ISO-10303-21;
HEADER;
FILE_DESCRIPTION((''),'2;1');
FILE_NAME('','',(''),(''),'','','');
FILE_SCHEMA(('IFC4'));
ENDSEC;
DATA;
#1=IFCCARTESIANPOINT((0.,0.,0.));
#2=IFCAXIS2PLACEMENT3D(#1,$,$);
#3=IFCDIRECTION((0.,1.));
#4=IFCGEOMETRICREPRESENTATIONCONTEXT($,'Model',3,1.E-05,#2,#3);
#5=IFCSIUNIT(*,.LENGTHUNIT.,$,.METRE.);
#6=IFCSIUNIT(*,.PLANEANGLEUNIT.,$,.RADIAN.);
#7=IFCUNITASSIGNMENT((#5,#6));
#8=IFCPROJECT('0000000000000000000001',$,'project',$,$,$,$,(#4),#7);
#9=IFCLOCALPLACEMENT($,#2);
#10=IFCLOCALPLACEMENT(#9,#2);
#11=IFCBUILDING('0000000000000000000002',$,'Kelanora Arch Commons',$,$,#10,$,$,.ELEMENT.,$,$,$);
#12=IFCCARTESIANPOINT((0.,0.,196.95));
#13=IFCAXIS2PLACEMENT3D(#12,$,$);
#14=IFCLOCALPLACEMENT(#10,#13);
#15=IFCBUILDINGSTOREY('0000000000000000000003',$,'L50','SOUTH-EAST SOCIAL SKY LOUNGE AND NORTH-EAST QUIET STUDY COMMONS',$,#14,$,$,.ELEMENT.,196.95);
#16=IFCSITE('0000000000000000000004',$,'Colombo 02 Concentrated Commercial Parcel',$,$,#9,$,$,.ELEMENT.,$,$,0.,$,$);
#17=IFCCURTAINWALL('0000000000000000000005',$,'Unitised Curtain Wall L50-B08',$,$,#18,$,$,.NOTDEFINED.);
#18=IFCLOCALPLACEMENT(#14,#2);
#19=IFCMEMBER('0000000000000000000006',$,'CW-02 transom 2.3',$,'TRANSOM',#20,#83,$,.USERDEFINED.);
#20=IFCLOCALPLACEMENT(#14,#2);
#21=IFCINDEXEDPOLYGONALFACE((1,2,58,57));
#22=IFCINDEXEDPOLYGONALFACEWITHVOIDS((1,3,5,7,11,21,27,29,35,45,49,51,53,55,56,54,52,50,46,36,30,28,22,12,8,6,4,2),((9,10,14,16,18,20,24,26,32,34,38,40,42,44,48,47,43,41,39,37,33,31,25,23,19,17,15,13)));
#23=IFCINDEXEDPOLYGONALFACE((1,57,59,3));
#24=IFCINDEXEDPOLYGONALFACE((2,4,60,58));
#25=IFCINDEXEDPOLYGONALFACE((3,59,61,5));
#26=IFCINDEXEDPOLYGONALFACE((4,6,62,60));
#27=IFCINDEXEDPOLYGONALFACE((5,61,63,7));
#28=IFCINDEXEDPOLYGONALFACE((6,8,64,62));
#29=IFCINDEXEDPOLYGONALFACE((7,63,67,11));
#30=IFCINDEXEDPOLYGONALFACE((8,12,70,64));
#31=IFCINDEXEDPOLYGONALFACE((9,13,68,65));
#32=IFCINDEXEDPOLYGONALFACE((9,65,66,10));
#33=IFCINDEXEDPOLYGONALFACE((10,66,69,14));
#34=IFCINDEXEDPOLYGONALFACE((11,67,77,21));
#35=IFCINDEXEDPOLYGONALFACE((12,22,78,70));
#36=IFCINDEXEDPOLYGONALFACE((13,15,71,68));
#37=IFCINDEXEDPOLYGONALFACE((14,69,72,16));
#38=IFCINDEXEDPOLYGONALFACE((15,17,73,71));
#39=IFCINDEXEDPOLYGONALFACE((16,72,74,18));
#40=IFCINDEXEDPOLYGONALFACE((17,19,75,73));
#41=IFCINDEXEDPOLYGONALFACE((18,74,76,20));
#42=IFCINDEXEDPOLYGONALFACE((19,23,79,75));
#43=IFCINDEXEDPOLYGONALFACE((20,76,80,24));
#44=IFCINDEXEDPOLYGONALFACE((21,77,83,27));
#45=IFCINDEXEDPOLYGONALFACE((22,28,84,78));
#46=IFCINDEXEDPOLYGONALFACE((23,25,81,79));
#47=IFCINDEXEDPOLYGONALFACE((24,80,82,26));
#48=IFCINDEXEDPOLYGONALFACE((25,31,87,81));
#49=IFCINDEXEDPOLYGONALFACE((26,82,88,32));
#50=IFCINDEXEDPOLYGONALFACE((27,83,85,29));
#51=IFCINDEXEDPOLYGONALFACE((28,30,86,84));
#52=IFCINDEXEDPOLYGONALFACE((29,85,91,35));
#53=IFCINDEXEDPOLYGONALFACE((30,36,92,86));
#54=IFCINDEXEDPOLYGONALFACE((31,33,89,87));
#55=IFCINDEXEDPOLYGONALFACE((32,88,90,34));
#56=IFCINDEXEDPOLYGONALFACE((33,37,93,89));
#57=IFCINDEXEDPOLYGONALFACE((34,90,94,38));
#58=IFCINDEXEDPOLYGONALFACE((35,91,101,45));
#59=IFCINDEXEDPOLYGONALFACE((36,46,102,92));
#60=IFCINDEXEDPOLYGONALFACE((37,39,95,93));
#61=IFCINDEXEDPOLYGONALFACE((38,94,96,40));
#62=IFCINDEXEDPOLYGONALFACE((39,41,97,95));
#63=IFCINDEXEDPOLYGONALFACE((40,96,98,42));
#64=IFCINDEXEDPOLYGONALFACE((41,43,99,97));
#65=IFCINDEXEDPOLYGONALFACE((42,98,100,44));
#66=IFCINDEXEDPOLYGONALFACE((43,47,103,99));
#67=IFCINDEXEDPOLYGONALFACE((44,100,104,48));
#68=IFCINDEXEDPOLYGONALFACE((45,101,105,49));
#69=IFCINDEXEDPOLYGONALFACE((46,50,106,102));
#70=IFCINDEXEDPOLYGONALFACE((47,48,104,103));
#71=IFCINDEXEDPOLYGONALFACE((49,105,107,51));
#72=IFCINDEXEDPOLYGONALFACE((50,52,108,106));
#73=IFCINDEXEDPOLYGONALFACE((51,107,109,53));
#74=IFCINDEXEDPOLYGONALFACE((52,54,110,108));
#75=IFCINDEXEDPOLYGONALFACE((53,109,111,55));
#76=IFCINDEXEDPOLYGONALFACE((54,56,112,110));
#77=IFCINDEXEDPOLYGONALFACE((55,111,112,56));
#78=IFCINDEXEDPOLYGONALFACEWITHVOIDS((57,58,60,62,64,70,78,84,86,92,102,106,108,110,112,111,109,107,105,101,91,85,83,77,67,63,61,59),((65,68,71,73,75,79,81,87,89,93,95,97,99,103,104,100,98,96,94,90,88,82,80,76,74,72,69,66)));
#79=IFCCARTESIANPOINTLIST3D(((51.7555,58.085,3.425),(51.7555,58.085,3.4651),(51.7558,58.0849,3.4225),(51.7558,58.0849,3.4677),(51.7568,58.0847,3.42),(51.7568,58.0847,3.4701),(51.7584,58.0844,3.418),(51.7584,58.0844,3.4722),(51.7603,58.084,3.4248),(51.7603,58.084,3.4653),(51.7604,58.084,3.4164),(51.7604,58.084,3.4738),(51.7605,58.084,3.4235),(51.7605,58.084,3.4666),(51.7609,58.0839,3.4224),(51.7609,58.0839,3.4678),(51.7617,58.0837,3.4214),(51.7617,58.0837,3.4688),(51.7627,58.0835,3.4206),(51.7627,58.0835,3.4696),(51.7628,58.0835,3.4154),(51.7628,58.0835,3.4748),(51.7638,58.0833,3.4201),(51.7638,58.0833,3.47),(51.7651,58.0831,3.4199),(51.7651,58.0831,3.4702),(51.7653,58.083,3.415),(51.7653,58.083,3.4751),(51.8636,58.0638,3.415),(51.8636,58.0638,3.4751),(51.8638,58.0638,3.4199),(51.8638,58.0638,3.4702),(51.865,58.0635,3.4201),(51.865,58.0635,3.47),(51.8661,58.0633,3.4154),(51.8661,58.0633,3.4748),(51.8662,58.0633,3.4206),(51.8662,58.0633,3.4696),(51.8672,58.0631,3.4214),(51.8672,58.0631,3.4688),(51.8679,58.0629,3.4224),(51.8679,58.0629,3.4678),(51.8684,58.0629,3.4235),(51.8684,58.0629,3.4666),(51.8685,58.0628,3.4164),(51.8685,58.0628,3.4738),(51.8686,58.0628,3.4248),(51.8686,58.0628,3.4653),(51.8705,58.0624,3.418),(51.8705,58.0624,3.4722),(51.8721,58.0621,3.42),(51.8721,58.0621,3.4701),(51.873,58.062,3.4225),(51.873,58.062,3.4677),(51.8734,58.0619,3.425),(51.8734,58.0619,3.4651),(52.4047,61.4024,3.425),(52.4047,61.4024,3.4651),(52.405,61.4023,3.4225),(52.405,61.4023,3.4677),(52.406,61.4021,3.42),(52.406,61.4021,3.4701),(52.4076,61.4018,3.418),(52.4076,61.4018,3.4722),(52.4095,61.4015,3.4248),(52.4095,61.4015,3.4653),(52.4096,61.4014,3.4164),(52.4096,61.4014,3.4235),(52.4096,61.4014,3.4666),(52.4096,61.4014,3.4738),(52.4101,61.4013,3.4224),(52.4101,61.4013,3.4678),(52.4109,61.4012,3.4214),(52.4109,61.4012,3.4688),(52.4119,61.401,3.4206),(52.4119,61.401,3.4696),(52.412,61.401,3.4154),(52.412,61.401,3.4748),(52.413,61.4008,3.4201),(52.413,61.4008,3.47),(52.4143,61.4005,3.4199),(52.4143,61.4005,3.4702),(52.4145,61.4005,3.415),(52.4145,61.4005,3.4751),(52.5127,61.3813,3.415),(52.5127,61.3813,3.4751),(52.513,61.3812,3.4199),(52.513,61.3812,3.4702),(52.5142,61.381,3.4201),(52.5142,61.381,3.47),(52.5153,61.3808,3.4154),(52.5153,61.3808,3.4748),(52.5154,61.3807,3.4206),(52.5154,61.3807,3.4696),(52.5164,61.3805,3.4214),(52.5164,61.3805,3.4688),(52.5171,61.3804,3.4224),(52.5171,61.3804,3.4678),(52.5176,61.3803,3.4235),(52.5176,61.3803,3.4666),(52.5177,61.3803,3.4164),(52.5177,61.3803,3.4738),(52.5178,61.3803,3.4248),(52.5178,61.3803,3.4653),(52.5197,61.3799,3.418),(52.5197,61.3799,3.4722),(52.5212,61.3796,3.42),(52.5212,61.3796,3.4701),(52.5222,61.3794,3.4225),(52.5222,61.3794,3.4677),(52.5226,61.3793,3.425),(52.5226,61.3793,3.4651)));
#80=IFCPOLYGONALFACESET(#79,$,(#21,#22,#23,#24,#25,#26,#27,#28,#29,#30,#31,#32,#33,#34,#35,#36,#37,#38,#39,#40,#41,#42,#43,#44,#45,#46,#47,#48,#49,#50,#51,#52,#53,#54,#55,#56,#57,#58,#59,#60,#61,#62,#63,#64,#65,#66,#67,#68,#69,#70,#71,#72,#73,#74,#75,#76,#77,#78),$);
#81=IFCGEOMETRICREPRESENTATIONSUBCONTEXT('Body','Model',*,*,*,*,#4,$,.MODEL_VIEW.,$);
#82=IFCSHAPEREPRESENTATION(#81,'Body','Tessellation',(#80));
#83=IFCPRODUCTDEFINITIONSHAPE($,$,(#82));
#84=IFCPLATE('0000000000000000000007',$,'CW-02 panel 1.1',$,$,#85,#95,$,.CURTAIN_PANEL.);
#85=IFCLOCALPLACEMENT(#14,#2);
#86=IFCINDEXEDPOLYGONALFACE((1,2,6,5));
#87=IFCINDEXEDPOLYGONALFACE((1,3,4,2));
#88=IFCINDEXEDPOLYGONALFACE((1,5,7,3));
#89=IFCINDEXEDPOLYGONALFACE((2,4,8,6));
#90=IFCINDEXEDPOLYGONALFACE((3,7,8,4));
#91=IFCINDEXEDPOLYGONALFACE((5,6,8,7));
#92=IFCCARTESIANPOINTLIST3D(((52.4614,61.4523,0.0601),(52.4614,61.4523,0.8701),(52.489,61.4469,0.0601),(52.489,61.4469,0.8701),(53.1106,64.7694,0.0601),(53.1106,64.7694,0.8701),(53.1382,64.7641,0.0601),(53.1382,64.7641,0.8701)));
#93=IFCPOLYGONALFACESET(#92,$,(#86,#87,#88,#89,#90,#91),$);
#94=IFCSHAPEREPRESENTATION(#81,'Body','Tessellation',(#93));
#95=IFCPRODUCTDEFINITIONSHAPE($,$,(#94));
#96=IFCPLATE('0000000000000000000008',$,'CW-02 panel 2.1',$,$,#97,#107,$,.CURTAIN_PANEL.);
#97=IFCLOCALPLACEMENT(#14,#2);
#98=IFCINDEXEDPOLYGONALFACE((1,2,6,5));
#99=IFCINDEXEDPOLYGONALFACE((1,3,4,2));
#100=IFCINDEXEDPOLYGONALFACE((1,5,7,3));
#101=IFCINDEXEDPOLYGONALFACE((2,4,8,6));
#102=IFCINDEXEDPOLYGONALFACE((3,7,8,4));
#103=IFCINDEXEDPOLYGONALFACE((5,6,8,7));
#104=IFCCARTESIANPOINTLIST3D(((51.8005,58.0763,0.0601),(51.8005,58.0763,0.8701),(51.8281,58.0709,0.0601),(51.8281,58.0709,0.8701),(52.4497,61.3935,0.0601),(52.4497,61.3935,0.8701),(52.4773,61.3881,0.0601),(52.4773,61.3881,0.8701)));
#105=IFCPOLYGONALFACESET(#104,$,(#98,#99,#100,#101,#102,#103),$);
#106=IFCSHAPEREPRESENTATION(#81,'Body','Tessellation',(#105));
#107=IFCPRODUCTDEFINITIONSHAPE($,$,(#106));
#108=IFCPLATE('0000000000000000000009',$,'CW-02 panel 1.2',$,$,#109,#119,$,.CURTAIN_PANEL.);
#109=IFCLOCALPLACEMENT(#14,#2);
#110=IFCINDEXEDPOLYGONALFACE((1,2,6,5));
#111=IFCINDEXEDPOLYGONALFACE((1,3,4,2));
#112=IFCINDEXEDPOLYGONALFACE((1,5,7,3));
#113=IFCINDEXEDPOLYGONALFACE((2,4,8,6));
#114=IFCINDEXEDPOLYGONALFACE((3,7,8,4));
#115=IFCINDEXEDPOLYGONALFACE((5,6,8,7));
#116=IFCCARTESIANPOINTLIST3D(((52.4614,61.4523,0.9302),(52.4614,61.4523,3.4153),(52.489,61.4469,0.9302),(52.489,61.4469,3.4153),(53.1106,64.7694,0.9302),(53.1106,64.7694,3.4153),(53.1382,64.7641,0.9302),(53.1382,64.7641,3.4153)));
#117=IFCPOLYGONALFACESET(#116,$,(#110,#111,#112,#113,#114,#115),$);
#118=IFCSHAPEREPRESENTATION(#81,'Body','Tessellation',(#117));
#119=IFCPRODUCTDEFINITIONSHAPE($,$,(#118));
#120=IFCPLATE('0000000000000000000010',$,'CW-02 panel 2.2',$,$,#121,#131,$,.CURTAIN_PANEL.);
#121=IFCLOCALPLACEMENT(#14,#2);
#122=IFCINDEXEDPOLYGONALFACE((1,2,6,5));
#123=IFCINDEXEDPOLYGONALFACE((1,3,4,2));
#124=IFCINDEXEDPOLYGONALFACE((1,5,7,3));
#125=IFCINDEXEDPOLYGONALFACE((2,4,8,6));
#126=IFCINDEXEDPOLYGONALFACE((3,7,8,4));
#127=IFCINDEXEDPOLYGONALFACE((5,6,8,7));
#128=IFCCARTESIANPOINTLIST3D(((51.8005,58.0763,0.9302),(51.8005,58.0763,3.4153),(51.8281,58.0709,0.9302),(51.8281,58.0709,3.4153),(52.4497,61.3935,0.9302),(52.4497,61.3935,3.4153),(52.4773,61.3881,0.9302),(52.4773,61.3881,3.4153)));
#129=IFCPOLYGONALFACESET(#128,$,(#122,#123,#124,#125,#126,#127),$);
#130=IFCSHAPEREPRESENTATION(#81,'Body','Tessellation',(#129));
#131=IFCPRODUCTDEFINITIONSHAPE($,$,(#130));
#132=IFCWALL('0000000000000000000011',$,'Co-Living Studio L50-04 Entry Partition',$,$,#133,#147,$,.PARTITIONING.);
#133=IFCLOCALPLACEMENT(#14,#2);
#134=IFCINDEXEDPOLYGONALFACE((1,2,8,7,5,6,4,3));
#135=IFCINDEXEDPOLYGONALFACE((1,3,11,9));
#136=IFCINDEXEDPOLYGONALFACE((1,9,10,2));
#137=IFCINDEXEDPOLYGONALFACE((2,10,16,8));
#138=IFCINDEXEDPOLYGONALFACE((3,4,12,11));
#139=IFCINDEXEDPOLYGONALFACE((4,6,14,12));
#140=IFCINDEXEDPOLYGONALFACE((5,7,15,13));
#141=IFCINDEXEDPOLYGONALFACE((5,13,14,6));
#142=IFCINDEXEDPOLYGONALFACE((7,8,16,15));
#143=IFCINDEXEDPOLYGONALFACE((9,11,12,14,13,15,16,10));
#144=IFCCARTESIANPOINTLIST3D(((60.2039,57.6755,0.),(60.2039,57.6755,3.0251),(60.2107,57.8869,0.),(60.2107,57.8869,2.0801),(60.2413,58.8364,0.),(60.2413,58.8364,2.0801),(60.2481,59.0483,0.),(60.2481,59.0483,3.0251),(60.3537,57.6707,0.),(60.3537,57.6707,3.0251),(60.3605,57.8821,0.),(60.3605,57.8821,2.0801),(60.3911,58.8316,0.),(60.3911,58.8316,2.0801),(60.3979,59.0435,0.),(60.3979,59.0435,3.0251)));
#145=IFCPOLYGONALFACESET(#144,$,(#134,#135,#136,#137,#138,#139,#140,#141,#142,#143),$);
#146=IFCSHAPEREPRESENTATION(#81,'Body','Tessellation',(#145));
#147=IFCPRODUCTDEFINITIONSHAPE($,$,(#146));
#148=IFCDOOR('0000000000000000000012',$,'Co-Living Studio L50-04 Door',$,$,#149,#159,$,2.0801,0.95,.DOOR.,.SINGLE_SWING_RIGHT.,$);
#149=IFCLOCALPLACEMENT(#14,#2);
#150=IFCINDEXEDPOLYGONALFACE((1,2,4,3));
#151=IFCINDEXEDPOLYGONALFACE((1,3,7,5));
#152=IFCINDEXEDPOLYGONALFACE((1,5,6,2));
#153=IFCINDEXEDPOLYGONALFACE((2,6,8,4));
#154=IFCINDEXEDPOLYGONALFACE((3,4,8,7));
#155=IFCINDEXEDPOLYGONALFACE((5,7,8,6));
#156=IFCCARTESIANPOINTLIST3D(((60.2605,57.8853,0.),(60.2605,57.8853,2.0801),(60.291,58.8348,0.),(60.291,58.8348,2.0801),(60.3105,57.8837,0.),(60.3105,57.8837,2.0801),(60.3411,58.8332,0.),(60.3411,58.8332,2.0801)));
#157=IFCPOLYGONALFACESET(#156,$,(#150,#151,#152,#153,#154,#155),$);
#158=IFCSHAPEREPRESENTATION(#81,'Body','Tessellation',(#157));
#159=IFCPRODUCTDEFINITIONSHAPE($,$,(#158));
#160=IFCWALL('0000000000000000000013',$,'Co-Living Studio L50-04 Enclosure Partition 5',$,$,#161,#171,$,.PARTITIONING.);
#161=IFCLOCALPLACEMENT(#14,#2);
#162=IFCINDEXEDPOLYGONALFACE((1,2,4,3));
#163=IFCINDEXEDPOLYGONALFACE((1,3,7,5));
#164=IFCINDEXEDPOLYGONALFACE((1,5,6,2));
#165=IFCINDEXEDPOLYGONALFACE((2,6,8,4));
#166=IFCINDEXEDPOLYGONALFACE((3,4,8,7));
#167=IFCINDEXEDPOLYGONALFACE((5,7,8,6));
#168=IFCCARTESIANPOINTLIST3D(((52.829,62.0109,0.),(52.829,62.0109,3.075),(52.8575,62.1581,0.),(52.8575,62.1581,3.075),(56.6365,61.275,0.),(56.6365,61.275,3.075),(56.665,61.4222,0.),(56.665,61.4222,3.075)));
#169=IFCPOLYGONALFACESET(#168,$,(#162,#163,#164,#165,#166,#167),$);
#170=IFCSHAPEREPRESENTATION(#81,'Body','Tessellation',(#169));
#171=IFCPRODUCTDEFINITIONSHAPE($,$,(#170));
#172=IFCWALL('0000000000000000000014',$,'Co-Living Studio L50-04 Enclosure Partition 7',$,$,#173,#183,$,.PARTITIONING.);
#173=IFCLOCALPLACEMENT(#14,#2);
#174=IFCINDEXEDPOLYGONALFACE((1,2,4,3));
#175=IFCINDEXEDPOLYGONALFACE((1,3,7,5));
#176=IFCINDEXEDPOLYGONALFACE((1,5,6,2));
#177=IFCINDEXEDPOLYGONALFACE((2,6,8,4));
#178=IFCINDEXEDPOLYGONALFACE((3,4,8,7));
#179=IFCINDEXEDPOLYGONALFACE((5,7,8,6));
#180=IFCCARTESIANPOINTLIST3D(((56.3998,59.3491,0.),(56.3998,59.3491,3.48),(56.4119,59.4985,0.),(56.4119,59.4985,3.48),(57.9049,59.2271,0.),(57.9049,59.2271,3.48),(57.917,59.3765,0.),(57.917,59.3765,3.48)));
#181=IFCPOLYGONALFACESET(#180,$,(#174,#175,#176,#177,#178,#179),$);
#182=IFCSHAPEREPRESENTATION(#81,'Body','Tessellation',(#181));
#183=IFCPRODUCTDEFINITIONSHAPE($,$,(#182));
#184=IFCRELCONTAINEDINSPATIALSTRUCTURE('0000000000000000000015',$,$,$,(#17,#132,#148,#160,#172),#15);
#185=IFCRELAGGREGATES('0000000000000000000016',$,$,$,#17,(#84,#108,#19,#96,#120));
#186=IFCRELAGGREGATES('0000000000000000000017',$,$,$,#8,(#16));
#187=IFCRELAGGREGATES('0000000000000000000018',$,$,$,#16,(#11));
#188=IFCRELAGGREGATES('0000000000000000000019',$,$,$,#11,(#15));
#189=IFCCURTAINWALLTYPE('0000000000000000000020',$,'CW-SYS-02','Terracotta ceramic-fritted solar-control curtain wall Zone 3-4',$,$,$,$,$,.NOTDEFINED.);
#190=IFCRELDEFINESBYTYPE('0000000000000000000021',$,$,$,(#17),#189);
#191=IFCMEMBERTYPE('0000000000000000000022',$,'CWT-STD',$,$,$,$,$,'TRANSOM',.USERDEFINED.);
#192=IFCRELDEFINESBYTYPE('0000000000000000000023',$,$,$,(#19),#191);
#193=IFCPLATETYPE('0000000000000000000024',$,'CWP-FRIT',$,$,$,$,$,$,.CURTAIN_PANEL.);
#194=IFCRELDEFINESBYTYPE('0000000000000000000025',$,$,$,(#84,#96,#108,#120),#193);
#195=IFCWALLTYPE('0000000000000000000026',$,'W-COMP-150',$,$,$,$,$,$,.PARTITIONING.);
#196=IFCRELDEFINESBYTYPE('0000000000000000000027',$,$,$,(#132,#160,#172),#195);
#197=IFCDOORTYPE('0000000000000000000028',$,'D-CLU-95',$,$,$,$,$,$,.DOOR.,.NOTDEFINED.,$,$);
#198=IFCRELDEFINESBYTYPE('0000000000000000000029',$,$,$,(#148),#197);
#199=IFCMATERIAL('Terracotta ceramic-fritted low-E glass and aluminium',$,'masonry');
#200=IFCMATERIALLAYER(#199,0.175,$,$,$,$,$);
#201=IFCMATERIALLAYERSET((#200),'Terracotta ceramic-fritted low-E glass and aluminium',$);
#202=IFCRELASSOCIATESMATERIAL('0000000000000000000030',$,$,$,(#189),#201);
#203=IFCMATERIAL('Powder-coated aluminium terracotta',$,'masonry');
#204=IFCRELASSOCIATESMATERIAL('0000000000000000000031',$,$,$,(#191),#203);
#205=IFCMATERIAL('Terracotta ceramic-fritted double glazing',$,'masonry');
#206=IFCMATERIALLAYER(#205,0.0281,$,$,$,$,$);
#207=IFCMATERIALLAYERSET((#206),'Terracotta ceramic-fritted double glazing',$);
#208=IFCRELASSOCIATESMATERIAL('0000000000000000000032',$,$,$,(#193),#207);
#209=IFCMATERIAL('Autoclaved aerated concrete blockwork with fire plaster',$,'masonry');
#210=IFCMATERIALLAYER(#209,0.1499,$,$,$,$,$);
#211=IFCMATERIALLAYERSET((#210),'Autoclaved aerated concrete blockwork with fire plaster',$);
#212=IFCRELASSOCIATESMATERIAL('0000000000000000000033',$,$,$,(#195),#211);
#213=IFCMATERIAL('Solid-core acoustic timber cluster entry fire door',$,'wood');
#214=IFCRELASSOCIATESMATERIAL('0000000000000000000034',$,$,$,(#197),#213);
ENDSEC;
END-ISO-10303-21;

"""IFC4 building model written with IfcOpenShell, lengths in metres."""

from ifc_helpers import new_model, si_unit, direction, frame, frame_2d, origin, origin_2d, place, context, subcontext, project, spatial, rectangle, hollow_rectangle, extrude, source, transform, mapped, material, layer, layer_set, material_profile, profile_set, type_object, element, fill, aggregate, save


model = new_model("IFC4")

# Units and contexts
model_context = context("Model", 3, precision=1e-05, world=origin(), true_north=direction((0.0, 1.0)))
body_context = subcontext(model_context, "Body", "Model", "MODEL_VIEW")
ifc_project = project(units=[si_unit("LENGTHUNIT", "METRE"), si_unit("PLANEANGLEUNIT", "RADIAN")], contexts=[model_context])

# Site, building, storey
site_placement = place(None, origin())
site = spatial("IfcSite", under=ifc_project, at=site_placement, Name="Colombo 02 Concentrated Commercial Parcel", CompositionType="ELEMENT", RefElevation=0.0)
building_placement = place(site_placement, origin())
building = spatial("IfcBuilding", under=site, at=building_placement, Name="Kelanora Arch Commons", CompositionType="ELEMENT")
storey_placement = place(building_placement, frame((0.0, 0.0, 196.95)))
storey = spatial("IfcBuildingStorey", under=building, at=storey_placement, Name="L50", Description="SOUTH-EAST SOCIAL SKY LOUNGE AND NORTH-EAST QUIET STUDY COMMONS", CompositionType="ELEMENT", Elevation=196.95)

# Curtain wall, member, plates
ifc_material_1 = material(Name="Terracotta ceramic-fritted low-E glass and aluminium", Category="masonry")
ifc_layer_1 = layer(ifc_material_1, 0.175)
ifc_layer_set_1 = layer_set([ifc_layer_1], Name="Terracotta ceramic-fritted low-E glass and aluminium")
curtain_wall_type = type_object("IfcCurtainWallType", Name="CW-SYS-02", Description="Terracotta ceramic-fritted solar-control curtain wall Zone 3-4", PredefinedType="NOTDEFINED", material=ifc_layer_set_1)
curtain_wall_placement = place(storey_placement, origin())
curtain_wall = element("IfcCurtainWall", 1, at=curtain_wall_placement, inside=storey, type_object=curtain_wall_type, Name="Unitised Curtain Wall L50-B08", PredefinedType="NOTDEFINED")
ifc_material_2 = material(Name="Powder-coated aluminium terracotta", Category="masonry")
ifc_material_profile_1 = material_profile(ifc_material_2, hollow_rectangle(XDim=0.1201, YDim=0.0601, WallThickness=0.0049, InnerFilletRadius=0.0049, OuterFilletRadius=0.01, at=origin_2d()), Name="CWT120x60")
ifc_profile_set_1 = profile_set([ifc_material_profile_1], Name="Powder-coated aluminium terracotta")
member_type_1 = type_object("IfcMemberType", Name="CWT-STD", ElementType="TRANSOM", PredefinedType="USERDEFINED", material=ifc_profile_set_1)
member_1_placement = place(storey_placement, frame((52.4636, 61.3909, 3.4451), z_axis=(-0.192045, -0.981386, 0.0), x_axis=(0.981386, -0.192045, 0.0)))
member_1 = element("IfcMember", 2, at=member_1_placement, type_object=member_type_1, Name="CW-02 transom 2.3", ObjectType="TRANSOM", PredefinedType="USERDEFINED", context=body_context, shape_type="SweptSolid", body=[
    extrude(hollow_rectangle(XDim=0.1201, YDim=0.0601, WallThickness=0.0049, InnerFilletRadius=0.0049, OuterFilletRadius=0.01, at=origin_2d()), origin(), (0.0, 0.0, 1.0), 3.3804),
])
ifc_material_3 = material(Name="Terracotta ceramic-fritted double glazing", Category="masonry")
ifc_layer_2 = layer(ifc_material_3, 0.0281)
ifc_layer_set_2 = layer_set([ifc_layer_2], Name="Terracotta ceramic-fritted double glazing")
plate_type = type_object("IfcPlateType", Name="CWP-FRIT", PredefinedType="CURTAIN_PANEL", material=ifc_layer_set_2)
shared_shape_1 = source(origin(), body_context, "Body", "SweptSolid", [
    extrude(rectangle(XDim=3.3801, YDim=0.0281, at=origin_2d()), origin(), (0.0, 0.0, 1.0), 0.8101),
])
plate_1_placement = place(storey_placement, frame((52.7998, 63.1082, 0.0601), z_axis=(0.0, 0.0, 1.0), x_axis=(-0.192069, -0.981381, 0.0)))
plate_1 = element("IfcPlate", 3, at=plate_1_placement, type_object=plate_type, Name="CW-02 panel 1.1", PredefinedType="CURTAIN_PANEL", context=body_context, shape_type="MappedRepresentation", body=[
    mapped(shared_shape_1, transform((0.0, 0.0, 0.0), scale=1.0)),
])
plate_2_placement = place(storey_placement, frame((52.1389, 59.7322, 0.0601), z_axis=(0.0, 0.0, 1.0), x_axis=(-0.192069, -0.981381, 0.0)))
plate_2 = element("IfcPlate", 4, at=plate_2_placement, type_object=plate_type, Name="CW-02 panel 2.1", PredefinedType="CURTAIN_PANEL", context=body_context, shape_type="MappedRepresentation", body=[
    mapped(shared_shape_1, transform((0.0, 0.0, 0.0), scale=1.0)),
])
shared_shape_2 = source(origin(), body_context, "Body", "SweptSolid", [
    extrude(rectangle(XDim=3.3801, YDim=0.0281, at=origin_2d()), origin(), (0.0, 0.0, 1.0), 2.4851),
])
plate_3_placement = place(storey_placement, frame((52.7998, 63.1082, 0.9302), z_axis=(0.0, 0.0, 1.0), x_axis=(-0.192069, -0.981381, 0.0)))
plate_3 = element("IfcPlate", 5, at=plate_3_placement, type_object=plate_type, Name="CW-02 panel 1.2", PredefinedType="CURTAIN_PANEL", context=body_context, shape_type="MappedRepresentation", body=[
    mapped(shared_shape_2, transform((0.0, 0.0, 0.0), scale=1.0)),
])
plate_4_placement = place(storey_placement, frame((52.1389, 59.7322, 0.9302), z_axis=(0.0, 0.0, 1.0), x_axis=(-0.192069, -0.981381, 0.0)))
plate_4 = element("IfcPlate", 6, at=plate_4_placement, type_object=plate_type, Name="CW-02 panel 2.2", PredefinedType="CURTAIN_PANEL", context=body_context, shape_type="MappedRepresentation", body=[
    mapped(shared_shape_2, transform((0.0, 0.0, 0.0), scale=1.0)),
])
aggregate(curtain_wall, [plate_1, plate_3, member_1, plate_2, plate_4])

# Wall, opening, door
ifc_material_4 = material(Name="Autoclaved aerated concrete blockwork with fire plaster", Category="masonry")
ifc_layer_3 = layer(ifc_material_4, 0.1499)
ifc_layer_set_3 = layer_set([ifc_layer_3], Name="Autoclaved aerated concrete blockwork with fire plaster")
wall_type_1 = type_object("IfcWallType", Name="W-COMP-150", PredefinedType="PARTITIONING", material=ifc_layer_set_3)
wall_1_placement = place(storey_placement, frame((60.323, 59.0459, 0.0), z_axis=(0.0, 0.0, 1.0), x_axis=(-0.032173, -0.999482, 0.0)))
wall_1 = element("IfcWall", 7, at=wall_1_placement, inside=storey, type_object=wall_type_1, Name="Co-Living Studio L50-04 Entry Partition", PredefinedType="PARTITIONING", context=body_context, shape_type="SweptSolid", body=[
    extrude(rectangle(XDim=1.3735, YDim=0.1499, at=frame_2d((0.6868, 0.0))), origin(), (0.0, 0.0, 1.0), 3.0251),
])
opening_1_placement = place(wall_1_placement, frame((0.2119, 0.0, 0.0)))
opening_1 = element("IfcOpeningElement", 8, at=opening_1_placement, cuts=wall_1, PredefinedType="OPENING", context=body_context, shape_type="SweptSolid", body=[
    extrude(rectangle(XDim=0.95, YDim=2.0801, at=frame_2d((0.4751, 1.04))), frame((0.0, 0.085, 0.0), z_axis=(0.0, -1.0, 0.0), x_axis=(1.0, 0.0, 0.0)), (0.0, 0.0, 1.0), 0.1699),
])
ifc_material_5 = material(Name="Solid-core acoustic timber cluster entry fire door", Category="wood")
door_type_1 = type_object("IfcDoorType", Name="D-CLU-95", OperationType="NOTDEFINED", PredefinedType="DOOR", material=ifc_material_5)
door_1_placement = place(opening_1_placement, origin())
door_1 = element("IfcDoor", 9, at=door_1_placement, inside=storey, type_object=door_type_1, Name="Co-Living Studio L50-04 Door", OperationType="SINGLE_SWING_RIGHT", OverallHeight=2.0801, OverallWidth=0.95, PredefinedType="DOOR", context=body_context, shape_type="SweptSolid", body=[
    extrude(rectangle(XDim=0.95, YDim=2.0801, at=frame_2d((0.4751, 1.04))), frame((0.0, 0.0249, 0.0), z_axis=(0.0, -1.0, 0.0), x_axis=(1.0, 0.0, 0.0)), (0.0, 0.0, 1.0), 0.05),
])
fill(opening_1, door_1)

# Walls
wall_2_placement = place(storey_placement, frame((52.8433, 62.0845, 0.0), z_axis=(0.0, 0.0, 1.0), x_axis=(0.981831, -0.189756, 0.0)))
element("IfcWall", 10, at=wall_2_placement, inside=storey, type_object=wall_type_1, Name="Co-Living Studio L50-04 Enclosure Partition 5", PredefinedType="PARTITIONING", context=body_context, shape_type="SweptSolid", body=[
    extrude(rectangle(XDim=3.8779, YDim=0.1499, at=frame_2d((1.939, 0.0))), origin(), (0.0, 0.0, 1.0), 3.075),
])
wall_3_placement = place(storey_placement, frame((56.406, 59.4238, 0.0), z_axis=(0.0, 0.0, 1.0), x_axis=(0.996727, -0.080838, 0.0)))
element("IfcWall", 11, at=wall_3_placement, inside=storey, type_object=wall_type_1, Name="Co-Living Studio L50-04 Enclosure Partition 7", PredefinedType="PARTITIONING", context=body_context, shape_type="SweptSolid", body=[
    extrude(rectangle(XDim=1.51, YDim=0.1499, at=frame_2d((0.7549, 0.0))), origin(), (0.0, 0.0, 1.0), 3.48),
])

save(model, "model.ifc")
